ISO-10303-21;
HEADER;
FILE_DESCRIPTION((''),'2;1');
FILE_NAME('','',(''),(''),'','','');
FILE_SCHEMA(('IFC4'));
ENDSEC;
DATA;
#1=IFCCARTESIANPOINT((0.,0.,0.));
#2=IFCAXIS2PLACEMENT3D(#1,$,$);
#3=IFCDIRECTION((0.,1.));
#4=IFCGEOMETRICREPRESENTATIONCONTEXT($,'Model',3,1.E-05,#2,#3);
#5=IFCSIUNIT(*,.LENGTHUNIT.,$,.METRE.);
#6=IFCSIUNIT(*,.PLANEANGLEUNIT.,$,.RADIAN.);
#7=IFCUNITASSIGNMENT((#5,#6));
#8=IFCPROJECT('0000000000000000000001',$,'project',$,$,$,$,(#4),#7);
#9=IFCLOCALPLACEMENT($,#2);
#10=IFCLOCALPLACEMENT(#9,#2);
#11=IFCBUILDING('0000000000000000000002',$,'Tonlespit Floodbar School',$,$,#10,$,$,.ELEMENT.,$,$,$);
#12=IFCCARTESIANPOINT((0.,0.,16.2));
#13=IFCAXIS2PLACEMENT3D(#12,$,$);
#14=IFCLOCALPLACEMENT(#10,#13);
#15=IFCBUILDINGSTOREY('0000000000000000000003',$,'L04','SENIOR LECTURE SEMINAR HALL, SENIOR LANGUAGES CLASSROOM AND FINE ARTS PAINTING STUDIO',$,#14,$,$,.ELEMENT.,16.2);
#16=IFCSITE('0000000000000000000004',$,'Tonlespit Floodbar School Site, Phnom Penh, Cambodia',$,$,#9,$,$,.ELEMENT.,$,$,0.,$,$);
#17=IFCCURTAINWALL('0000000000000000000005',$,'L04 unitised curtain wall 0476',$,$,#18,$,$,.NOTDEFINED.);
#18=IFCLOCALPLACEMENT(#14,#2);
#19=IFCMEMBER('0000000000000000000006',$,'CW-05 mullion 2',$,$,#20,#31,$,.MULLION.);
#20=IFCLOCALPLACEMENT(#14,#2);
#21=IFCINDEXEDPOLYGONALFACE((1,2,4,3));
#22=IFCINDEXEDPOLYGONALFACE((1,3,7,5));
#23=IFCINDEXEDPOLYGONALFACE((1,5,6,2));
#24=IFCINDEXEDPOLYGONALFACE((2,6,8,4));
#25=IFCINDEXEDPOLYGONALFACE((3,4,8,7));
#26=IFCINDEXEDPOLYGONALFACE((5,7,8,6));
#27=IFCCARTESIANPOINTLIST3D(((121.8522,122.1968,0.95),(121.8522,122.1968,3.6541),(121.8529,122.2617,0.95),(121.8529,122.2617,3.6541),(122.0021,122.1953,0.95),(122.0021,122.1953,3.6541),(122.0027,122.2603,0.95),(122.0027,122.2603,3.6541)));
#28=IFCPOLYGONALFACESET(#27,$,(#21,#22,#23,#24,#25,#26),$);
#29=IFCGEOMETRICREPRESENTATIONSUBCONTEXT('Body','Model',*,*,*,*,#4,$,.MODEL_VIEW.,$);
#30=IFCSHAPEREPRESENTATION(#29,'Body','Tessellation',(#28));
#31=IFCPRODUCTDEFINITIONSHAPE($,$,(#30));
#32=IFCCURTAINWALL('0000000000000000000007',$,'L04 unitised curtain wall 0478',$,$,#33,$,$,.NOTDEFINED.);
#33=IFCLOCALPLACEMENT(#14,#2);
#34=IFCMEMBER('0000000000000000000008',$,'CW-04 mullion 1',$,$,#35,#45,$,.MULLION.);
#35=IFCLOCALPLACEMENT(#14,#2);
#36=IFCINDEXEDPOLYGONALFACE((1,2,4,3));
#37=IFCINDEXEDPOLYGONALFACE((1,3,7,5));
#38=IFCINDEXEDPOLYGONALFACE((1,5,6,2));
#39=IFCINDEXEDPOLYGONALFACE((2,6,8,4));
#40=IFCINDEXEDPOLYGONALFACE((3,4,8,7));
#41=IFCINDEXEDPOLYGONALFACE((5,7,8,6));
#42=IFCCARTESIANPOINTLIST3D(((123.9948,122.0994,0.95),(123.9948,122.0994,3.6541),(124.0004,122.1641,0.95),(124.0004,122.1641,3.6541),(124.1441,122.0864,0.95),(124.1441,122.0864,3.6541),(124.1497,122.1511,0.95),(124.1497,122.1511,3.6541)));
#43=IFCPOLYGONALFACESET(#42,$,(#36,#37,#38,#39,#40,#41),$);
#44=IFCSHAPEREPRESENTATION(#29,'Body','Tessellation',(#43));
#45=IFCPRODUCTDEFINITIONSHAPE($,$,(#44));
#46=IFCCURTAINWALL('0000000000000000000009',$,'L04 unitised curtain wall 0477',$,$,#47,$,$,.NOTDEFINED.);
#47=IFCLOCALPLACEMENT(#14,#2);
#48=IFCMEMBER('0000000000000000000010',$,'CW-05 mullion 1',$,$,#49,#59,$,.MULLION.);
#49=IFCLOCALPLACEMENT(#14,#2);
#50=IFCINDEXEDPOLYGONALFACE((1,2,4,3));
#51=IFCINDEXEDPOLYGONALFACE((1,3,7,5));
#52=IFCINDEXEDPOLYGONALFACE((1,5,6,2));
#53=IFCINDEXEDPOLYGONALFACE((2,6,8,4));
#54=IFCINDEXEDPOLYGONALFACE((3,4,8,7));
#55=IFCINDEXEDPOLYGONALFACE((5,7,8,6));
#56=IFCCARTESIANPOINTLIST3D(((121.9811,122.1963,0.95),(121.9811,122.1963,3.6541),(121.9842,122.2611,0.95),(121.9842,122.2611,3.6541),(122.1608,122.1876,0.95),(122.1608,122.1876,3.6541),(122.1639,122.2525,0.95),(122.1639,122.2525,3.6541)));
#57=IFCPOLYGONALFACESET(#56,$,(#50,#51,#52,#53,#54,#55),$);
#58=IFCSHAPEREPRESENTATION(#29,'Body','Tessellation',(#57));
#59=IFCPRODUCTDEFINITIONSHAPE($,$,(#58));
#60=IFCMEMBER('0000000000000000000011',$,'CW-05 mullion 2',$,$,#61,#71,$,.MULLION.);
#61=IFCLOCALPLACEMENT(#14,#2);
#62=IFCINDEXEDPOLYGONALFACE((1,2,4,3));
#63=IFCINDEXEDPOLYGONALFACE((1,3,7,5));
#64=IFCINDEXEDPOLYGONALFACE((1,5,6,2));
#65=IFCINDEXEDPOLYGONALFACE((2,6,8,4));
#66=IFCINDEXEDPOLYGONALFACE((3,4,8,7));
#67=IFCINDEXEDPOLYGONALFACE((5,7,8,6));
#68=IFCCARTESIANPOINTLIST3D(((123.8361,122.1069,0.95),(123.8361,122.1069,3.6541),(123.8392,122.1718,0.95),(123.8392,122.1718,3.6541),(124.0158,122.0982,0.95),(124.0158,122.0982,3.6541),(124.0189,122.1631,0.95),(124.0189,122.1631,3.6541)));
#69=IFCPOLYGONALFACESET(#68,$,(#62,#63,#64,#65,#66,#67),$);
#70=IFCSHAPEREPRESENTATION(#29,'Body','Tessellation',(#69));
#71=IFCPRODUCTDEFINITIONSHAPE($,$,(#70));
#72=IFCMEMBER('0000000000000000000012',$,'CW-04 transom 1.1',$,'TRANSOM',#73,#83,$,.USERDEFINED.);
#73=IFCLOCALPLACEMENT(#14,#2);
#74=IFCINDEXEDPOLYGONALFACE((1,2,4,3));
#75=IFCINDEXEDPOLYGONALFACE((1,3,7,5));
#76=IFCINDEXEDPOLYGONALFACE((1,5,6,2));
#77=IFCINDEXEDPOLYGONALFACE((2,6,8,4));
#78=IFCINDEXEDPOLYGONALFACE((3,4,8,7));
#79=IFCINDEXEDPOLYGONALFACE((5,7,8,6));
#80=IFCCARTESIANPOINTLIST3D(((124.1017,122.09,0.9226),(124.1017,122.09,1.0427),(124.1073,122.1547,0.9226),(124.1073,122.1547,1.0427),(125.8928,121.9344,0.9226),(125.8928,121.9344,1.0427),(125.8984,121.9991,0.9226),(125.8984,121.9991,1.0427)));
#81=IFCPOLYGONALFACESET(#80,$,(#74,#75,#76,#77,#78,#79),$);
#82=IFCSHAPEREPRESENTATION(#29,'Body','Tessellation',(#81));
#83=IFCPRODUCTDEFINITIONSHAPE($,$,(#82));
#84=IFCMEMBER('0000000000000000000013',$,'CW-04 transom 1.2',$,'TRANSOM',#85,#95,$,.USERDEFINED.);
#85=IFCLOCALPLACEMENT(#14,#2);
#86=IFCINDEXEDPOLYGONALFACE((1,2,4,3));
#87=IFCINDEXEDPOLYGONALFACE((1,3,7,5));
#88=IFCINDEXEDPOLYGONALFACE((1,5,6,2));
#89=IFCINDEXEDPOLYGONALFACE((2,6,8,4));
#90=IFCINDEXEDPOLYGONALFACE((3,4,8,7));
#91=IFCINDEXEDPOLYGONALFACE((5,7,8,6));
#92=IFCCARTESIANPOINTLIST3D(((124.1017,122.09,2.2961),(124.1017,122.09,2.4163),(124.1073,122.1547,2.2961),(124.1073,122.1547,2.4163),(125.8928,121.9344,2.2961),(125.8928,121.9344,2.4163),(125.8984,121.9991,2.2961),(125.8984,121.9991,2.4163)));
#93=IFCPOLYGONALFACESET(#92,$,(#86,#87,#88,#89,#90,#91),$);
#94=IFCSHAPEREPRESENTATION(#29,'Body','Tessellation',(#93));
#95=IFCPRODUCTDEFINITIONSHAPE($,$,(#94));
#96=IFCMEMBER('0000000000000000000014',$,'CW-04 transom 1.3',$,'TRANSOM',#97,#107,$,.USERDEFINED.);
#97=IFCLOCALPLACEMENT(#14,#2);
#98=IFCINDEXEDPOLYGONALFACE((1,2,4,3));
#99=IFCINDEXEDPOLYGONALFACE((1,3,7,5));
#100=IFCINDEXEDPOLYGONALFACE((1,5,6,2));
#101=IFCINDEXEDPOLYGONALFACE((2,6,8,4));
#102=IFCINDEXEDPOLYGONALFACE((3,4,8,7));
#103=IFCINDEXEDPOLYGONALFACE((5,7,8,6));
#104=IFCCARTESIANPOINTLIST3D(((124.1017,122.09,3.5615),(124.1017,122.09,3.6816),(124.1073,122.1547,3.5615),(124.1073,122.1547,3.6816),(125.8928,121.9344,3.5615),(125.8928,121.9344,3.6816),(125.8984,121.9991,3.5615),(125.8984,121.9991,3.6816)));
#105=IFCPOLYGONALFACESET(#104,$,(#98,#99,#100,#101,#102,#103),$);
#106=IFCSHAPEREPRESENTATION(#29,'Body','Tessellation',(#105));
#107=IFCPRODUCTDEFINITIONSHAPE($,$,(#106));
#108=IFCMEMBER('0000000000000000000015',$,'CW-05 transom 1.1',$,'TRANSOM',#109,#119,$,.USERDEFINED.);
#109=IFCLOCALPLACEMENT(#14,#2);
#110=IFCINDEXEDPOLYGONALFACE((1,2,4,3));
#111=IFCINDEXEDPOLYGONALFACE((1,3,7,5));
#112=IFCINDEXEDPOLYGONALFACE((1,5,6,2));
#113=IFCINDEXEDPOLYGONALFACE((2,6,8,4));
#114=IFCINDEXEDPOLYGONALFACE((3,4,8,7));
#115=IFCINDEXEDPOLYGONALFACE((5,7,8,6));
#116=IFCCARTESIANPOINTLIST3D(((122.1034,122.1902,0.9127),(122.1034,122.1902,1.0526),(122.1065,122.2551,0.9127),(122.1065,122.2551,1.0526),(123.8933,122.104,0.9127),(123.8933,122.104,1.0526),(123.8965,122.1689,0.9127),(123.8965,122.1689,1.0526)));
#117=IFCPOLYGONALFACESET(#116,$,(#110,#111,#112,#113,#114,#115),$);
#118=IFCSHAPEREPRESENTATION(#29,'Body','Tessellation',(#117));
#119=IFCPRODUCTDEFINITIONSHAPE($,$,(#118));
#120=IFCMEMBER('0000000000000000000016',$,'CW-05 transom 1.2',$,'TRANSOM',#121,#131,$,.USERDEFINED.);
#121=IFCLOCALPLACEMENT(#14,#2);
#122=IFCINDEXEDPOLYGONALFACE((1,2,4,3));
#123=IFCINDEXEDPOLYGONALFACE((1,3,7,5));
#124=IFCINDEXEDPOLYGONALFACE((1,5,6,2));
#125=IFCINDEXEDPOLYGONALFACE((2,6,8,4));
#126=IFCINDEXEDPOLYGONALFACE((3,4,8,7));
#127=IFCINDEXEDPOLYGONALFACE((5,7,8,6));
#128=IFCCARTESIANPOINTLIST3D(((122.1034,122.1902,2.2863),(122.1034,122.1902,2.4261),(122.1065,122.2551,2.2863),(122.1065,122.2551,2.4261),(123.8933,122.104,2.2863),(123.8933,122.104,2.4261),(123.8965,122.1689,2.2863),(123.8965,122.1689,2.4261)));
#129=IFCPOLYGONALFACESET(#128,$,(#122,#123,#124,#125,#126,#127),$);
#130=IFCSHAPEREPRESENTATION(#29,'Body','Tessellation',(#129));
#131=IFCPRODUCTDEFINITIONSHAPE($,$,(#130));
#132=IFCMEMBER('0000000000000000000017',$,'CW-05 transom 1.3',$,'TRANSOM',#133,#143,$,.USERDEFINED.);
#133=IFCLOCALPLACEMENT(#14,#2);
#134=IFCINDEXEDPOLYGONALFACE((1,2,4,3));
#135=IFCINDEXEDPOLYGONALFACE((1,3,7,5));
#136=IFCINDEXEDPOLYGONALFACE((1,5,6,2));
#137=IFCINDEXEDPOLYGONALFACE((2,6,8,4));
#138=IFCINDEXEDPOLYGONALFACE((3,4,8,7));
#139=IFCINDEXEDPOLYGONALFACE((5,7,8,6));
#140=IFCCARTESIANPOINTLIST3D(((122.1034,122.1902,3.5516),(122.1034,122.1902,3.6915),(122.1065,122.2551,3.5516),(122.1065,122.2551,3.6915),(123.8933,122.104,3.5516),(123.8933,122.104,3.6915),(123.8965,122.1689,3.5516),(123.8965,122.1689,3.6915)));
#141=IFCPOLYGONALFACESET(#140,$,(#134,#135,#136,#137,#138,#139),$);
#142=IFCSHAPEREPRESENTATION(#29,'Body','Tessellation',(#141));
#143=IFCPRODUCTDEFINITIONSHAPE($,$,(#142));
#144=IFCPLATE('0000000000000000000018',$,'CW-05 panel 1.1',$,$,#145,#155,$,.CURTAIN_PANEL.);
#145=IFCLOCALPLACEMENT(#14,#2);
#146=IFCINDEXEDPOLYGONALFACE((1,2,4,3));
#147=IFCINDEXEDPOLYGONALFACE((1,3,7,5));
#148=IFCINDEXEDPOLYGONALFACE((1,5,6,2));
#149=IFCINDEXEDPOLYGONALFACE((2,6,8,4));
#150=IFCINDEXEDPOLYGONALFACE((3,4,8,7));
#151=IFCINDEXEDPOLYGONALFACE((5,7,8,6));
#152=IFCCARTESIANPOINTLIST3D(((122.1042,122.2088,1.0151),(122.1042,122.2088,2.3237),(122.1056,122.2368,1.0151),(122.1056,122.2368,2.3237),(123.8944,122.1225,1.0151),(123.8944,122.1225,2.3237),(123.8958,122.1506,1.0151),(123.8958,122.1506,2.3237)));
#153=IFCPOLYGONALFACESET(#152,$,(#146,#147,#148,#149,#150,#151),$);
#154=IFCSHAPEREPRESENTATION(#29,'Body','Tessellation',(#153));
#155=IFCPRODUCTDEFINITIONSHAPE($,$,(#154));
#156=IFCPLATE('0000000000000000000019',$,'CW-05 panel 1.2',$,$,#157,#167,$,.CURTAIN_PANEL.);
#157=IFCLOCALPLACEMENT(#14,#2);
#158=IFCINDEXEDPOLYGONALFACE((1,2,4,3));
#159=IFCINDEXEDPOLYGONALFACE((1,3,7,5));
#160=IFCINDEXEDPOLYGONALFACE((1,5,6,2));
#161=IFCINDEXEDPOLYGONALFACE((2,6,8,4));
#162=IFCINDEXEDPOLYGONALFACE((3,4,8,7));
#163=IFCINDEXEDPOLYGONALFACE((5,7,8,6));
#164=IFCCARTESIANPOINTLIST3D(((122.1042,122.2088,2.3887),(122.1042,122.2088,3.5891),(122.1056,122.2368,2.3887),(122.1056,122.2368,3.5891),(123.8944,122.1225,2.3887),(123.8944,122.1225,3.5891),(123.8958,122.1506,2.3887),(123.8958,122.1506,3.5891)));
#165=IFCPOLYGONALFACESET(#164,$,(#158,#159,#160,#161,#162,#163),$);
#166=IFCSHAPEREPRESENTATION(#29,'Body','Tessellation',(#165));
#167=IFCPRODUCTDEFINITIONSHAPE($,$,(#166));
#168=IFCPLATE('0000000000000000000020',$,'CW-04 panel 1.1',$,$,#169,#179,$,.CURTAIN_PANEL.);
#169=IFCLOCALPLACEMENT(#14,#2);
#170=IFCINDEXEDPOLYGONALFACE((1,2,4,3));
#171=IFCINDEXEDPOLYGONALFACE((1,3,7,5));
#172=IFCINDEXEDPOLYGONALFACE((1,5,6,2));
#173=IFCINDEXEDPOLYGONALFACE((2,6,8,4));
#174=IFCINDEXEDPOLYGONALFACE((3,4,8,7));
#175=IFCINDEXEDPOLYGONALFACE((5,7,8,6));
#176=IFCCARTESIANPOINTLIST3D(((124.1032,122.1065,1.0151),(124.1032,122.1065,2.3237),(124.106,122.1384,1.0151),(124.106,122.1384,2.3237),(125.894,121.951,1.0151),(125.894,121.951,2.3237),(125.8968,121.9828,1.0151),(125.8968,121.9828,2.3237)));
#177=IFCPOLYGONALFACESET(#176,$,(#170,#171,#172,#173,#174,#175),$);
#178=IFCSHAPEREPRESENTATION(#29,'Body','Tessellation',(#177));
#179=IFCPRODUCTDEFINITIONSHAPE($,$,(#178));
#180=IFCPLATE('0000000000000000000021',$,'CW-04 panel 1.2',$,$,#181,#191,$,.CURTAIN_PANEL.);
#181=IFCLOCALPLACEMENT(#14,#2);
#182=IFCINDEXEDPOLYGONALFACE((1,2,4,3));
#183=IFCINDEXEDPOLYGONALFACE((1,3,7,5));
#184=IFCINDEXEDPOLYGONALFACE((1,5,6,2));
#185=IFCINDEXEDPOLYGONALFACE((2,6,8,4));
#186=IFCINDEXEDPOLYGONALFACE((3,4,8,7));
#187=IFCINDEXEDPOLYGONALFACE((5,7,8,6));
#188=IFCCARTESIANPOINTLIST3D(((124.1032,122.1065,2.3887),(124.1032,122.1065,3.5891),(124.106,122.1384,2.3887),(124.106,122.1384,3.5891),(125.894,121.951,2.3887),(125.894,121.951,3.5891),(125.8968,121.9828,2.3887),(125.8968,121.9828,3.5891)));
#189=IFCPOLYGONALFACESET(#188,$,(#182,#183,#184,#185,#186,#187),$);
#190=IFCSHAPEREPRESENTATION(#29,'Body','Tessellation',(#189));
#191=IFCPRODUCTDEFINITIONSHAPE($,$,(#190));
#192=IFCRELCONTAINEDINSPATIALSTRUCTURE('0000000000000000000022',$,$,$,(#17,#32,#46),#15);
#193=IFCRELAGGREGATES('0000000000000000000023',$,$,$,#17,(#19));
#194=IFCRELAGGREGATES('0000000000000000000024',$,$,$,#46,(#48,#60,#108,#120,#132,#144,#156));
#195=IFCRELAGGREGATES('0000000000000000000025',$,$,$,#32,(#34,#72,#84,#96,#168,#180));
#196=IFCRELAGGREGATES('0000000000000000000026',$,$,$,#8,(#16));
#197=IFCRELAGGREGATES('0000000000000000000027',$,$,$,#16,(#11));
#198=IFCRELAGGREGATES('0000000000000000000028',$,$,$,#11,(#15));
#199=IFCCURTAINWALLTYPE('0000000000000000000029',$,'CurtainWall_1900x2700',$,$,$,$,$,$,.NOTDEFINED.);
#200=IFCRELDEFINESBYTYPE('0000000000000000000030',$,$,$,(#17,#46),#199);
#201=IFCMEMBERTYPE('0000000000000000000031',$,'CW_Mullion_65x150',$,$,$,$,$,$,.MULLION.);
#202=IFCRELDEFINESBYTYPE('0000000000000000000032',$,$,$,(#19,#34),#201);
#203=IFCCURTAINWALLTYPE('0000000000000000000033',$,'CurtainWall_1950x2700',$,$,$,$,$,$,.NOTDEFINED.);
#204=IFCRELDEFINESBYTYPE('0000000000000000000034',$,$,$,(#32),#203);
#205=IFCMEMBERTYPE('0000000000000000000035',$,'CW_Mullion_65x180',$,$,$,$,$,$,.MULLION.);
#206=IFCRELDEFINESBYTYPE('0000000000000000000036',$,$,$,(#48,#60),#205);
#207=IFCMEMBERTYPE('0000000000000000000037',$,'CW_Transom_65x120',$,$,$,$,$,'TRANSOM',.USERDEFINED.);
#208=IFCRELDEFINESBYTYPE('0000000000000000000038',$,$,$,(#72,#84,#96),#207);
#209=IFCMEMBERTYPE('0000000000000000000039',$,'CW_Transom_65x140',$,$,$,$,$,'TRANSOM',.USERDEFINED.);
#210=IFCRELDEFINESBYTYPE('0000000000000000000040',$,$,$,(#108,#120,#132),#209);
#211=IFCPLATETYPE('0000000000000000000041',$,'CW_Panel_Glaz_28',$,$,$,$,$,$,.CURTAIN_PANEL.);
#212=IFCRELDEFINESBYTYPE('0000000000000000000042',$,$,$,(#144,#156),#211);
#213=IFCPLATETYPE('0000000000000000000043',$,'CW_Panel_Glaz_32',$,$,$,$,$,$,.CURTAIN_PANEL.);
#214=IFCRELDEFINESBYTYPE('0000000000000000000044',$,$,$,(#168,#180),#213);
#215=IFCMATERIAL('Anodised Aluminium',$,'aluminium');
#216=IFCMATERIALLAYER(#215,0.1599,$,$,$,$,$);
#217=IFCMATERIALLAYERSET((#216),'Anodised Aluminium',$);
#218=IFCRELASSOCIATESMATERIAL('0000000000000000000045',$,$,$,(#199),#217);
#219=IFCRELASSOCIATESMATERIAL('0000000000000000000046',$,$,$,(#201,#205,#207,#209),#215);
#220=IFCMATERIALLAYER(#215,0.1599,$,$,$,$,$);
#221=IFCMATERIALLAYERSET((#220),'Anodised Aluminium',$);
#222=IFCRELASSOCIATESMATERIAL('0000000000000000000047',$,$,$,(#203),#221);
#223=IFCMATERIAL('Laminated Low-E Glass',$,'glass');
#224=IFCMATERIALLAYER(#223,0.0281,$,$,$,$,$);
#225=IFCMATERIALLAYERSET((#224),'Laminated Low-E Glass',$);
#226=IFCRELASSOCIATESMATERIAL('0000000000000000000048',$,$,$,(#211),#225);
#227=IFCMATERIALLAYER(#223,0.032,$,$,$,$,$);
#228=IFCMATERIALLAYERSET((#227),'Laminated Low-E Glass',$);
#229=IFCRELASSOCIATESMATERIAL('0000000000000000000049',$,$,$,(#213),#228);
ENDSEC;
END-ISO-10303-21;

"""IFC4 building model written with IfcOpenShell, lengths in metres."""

from ifc_helpers import new_model, si_unit, direction, frame, origin, origin_2d, place, context, subcontext, project, spatial, rectangle, extrude, material, layer, layer_set, material_profile, profile_set, type_object, element, aggregate, save


model = new_model("IFC4")

# Units and contexts
model_context = context("Model", 3, precision=1e-05, world=origin(), true_north=direction((0.0, 1.0)))
body_context = subcontext(model_context, "Body", "Model", "MODEL_VIEW")
ifc_project = project(units=[si_unit("LENGTHUNIT", "METRE"), si_unit("PLANEANGLEUNIT", "RADIAN")], contexts=[model_context])

# Site, building, storey
site_placement = place(None, origin())
site = spatial("IfcSite", under=ifc_project, at=site_placement, Name="Tonlespit Floodbar School Site, Phnom Penh, Cambodia", CompositionType="ELEMENT", RefElevation=0.0)
building_placement = place(site_placement, origin())
building = spatial("IfcBuilding", under=site, at=building_placement, Name="Tonlespit Floodbar School", CompositionType="ELEMENT")
storey_placement = place(building_placement, frame((0.0, 0.0, 16.2)))
storey = spatial("IfcBuildingStorey", under=building, at=storey_placement, Name="L04", Description="SENIOR LECTURE SEMINAR HALL, SENIOR LANGUAGES CLASSROOM AND FINE ARTS PAINTING STUDIO", CompositionType="ELEMENT", Elevation=16.2)

# Curtain walls, members
ifc_material_1 = material(Name="Anodised Aluminium", Category="aluminium")
ifc_layer_1 = layer(ifc_material_1, 0.1599)
ifc_layer_set_1 = layer_set([ifc_layer_1], Name="Anodised Aluminium")
curtain_wall_type_1 = type_object("IfcCurtainWallType", Name="CurtainWall_1900x2700", PredefinedType="NOTDEFINED", material=ifc_layer_set_1)
curtain_wall_1_placement = place(storey_placement, origin())
curtain_wall_1 = element("IfcCurtainWall", 1, at=curtain_wall_1_placement, inside=storey, type_object=curtain_wall_type_1, Name="L04 unitised curtain wall 0476", PredefinedType="NOTDEFINED")
ifc_material_profile_1 = material_profile(ifc_material_1, rectangle(XDim=0.0649, YDim=0.1499, at=origin_2d()), Name="ALU M65x150")
ifc_profile_set_1 = profile_set([ifc_material_profile_1], Name="Anodised Aluminium")
member_type_1 = type_object("IfcMemberType", Name="CW_Mullion_65x150", PredefinedType="MULLION", material=ifc_profile_set_1)
member_1_placement = place(storey_placement, frame((121.9275, 122.2285, 0.95), z_axis=(0.0, 0.0, 1.0), x_axis=(0.009583, 0.999954, 0.0)))
member_1 = element("IfcMember", 2, at=member_1_placement, type_object=member_type_1, Name="CW-05 mullion 2", PredefinedType="MULLION", context=body_context, shape_type="SweptSolid", body=[
    extrude(rectangle(XDim=0.0649, YDim=0.1499, at=origin_2d()), origin(), (0.0, 0.0, 1.0), 2.7041),
])
aggregate(curtain_wall_1, [member_1])
ifc_layer_2 = layer(ifc_material_1, 0.1599)
ifc_layer_set_2 = layer_set([ifc_layer_2], Name="Anodised Aluminium")
curtain_wall_type_2 = type_object("IfcCurtainWallType", Name="CurtainWall_1950x2700", PredefinedType="NOTDEFINED", material=ifc_layer_set_2)
curtain_wall_2_placement = place(storey_placement, origin())
curtain_wall_2 = element("IfcCurtainWall", 3, at=curtain_wall_2_placement, inside=storey, type_object=curtain_wall_type_2, Name="L04 unitised curtain wall 0478", PredefinedType="NOTDEFINED")
member_2_placement = place(storey_placement, frame((124.0723, 122.1252, 0.95), z_axis=(0.0, 0.0, 1.0), x_axis=(0.086531, 0.996249, 0.0)))
member_2 = element("IfcMember", 4, at=member_2_placement, type_object=member_type_1, Name="CW-04 mullion 1", PredefinedType="MULLION", context=body_context, shape_type="SweptSolid", body=[
    extrude(rectangle(XDim=0.0649, YDim=0.1499, at=origin_2d()), origin(), (0.0, 0.0, 1.0), 2.7041),
])

# Curtain wall, members
curtain_wall_3_placement = place(storey_placement, origin())
curtain_wall_3 = element("IfcCurtainWall", 5, at=curtain_wall_3_placement, inside=storey, type_object=curtain_wall_type_1, Name="L04 unitised curtain wall 0477", PredefinedType="NOTDEFINED")
ifc_material_profile_2 = material_profile(ifc_material_1, rectangle(XDim=0.0649, YDim=0.1799, at=origin_2d()), Name="ALU M65x180")
ifc_profile_set_2 = profile_set([ifc_material_profile_2], Name="Anodised Aluminium")
member_type_2 = type_object("IfcMemberType", Name="CW_Mullion_65x180", PredefinedType="MULLION", material=ifc_profile_set_2)
member_3_placement = place(storey_placement, frame((122.0725, 122.2244, 0.95), z_axis=(0.0, 0.0, 1.0), x_axis=(0.048121, 0.998842, 0.0)))
member_3 = element("IfcMember", 6, at=member_3_placement, type_object=member_type_2, Name="CW-05 mullion 1", PredefinedType="MULLION", context=body_context, shape_type="SweptSolid", body=[
    extrude(rectangle(XDim=0.0649, YDim=0.1799, at=origin_2d()), origin(), (0.0, 0.0, 1.0), 2.7041),
])
member_4_placement = place(storey_placement, frame((123.9275, 122.135, 0.95), z_axis=(0.0, 0.0, 1.0), x_axis=(0.048121, 0.998842, 0.0)))
member_4 = element("IfcMember", 7, at=member_4_placement, type_object=member_type_2, Name="CW-05 mullion 2", PredefinedType="MULLION", context=body_context, shape_type="SweptSolid", body=[
    extrude(rectangle(XDim=0.0649, YDim=0.1799, at=origin_2d()), origin(), (0.0, 0.0, 1.0), 2.7041),
])

# Members
ifc_material_profile_3 = material_profile(ifc_material_1, rectangle(XDim=0.0649, YDim=0.1201, at=origin_2d()), Name="ALU T65x120")
ifc_profile_set_3 = profile_set([ifc_material_profile_3], Name="Anodised Aluminium")
member_type_3 = type_object("IfcMemberType", Name="CW_Transom_65x120", ElementType="TRANSOM", PredefinedType="USERDEFINED", material=ifc_profile_set_3)
member_5_placement = place(storey_placement, frame((124.1045, 122.1223, 0.9827), z_axis=(0.996251, -0.086507, 0.0), x_axis=(0.086507, 0.996251, 0.0)))
member_5 = element("IfcMember", 8, at=member_5_placement, type_object=member_type_3, Name="CW-04 transom 1.1", ObjectType="TRANSOM", PredefinedType="USERDEFINED", context=body_context, shape_type="SweptSolid", body=[
    extrude(rectangle(XDim=0.0649, YDim=0.1201, at=origin_2d()), origin(), (0.0, 0.0, 1.0), 1.7979),
])
member_6_placement = place(storey_placement, frame((124.1045, 122.1223, 2.3562), z_axis=(0.996251, -0.086507, 0.0), x_axis=(0.086507, 0.996251, 0.0)))
member_6 = element("IfcMember", 9, at=member_6_placement, type_object=member_type_3, Name="CW-04 transom 1.2", ObjectType="TRANSOM", PredefinedType="USERDEFINED", context=body_context, shape_type="SweptSolid", body=[
    extrude(rectangle(XDim=0.0649, YDim=0.1201, at=origin_2d()), origin(), (0.0, 0.0, 1.0), 1.7979),
])
member_7_placement = place(storey_placement, frame((124.1045, 122.1223, 3.6216), z_axis=(0.996251, -0.086507, 0.0), x_axis=(0.086507, 0.996251, 0.0)))
member_7 = element("IfcMember", 10, at=member_7_placement, type_object=member_type_3, Name="CW-04 transom 1.3", ObjectType="TRANSOM", PredefinedType="USERDEFINED", context=body_context, shape_type="SweptSolid", body=[
    extrude(rectangle(XDim=0.0649, YDim=0.1201, at=origin_2d()), origin(), (0.0, 0.0, 1.0), 1.7979),
])
ifc_material_profile_4 = material_profile(ifc_material_1, rectangle(XDim=0.0649, YDim=0.1399, at=origin_2d()), Name="ALU T65x140")
ifc_profile_set_4 = profile_set([ifc_material_profile_4], Name="Anodised Aluminium")
member_type_4 = type_object("IfcMemberType", Name="CW_Transom_65x140", ElementType="TRANSOM", PredefinedType="USERDEFINED", material=ifc_profile_set_4)
member_8_placement = place(storey_placement, frame((122.105, 122.2227, 0.9827), z_axis=(0.998843, -0.048089, 0.0), x_axis=(0.048089, 0.998843, 0.0)))
member_8 = element("IfcMember", 11, at=member_8_placement, type_object=member_type_4, Name="CW-05 transom 1.1", ObjectType="TRANSOM", PredefinedType="USERDEFINED", context=body_context, shape_type="SweptSolid", body=[
    extrude(rectangle(XDim=0.0649, YDim=0.1399, at=origin_2d()), origin(), (0.0, 0.0, 1.0), 1.792),
])
member_9_placement = place(storey_placement, frame((122.105, 122.2227, 2.3562), z_axis=(0.998843, -0.048089, 0.0), x_axis=(0.048089, 0.998843, 0.0)))
member_9 = element("IfcMember", 12, at=member_9_placement, type_object=member_type_4, Name="CW-05 transom 1.2", ObjectType="TRANSOM", PredefinedType="USERDEFINED", context=body_context, shape_type="SweptSolid", body=[
    extrude(rectangle(XDim=0.0649, YDim=0.1399, at=origin_2d()), origin(), (0.0, 0.0, 1.0), 1.792),
])
member_10_placement = place(storey_placement, frame((122.105, 122.2227, 3.6216), z_axis=(0.998843, -0.048089, 0.0), x_axis=(0.048089, 0.998843, 0.0)))
member_10 = element("IfcMember", 13, at=member_10_placement, type_object=member_type_4, Name="CW-05 transom 1.3", ObjectType="TRANSOM", PredefinedType="USERDEFINED", context=body_context, shape_type="SweptSolid", body=[
    extrude(rectangle(XDim=0.0649, YDim=0.1399, at=origin_2d()), origin(), (0.0, 0.0, 1.0), 1.792),
])

# Plates
ifc_material_2 = material(Name="Laminated Low-E Glass", Category="glass")
ifc_layer_3 = layer(ifc_material_2, 0.0281)
ifc_layer_set_3 = layer_set([ifc_layer_3], Name="Laminated Low-E Glass")
plate_type_1 = type_object("IfcPlateType", Name="CW_Panel_Glaz_28", PredefinedType="CURTAIN_PANEL", material=ifc_layer_set_3)
plate_1_placement = place(storey_placement, frame((123.0, 122.1797, 1.0151), z_axis=(0.0, 0.0, 1.0), x_axis=(0.998842, -0.048121, 0.0)))
plate_1 = element("IfcPlate", 14, at=plate_1_placement, type_object=plate_type_1, Name="CW-05 panel 1.1", PredefinedType="CURTAIN_PANEL", context=body_context, shape_type="SweptSolid", body=[
    extrude(rectangle(XDim=1.7922, YDim=0.0281, at=origin_2d()), origin(), (0.0, 0.0, 1.0), 1.3086),
])
plate_2_placement = place(storey_placement, frame((123.0, 122.1797, 2.3887), z_axis=(0.0, 0.0, 1.0), x_axis=(0.998842, -0.048121, 0.0)))
plate_2 = element("IfcPlate", 15, at=plate_2_placement, type_object=plate_type_1, Name="CW-05 panel 1.2", PredefinedType="CURTAIN_PANEL", context=body_context, shape_type="SweptSolid", body=[
    extrude(rectangle(XDim=1.7922, YDim=0.0281, at=origin_2d()), origin(), (0.0, 0.0, 1.0), 1.2004),
])
aggregate(curtain_wall_3, [member_3, member_4, member_8, member_9, member_10, plate_1, plate_2])
ifc_layer_4 = layer(ifc_material_2, 0.032)
ifc_layer_set_4 = layer_set([ifc_layer_4], Name="Laminated Low-E Glass")
plate_type_2 = type_object("IfcPlateType", Name="CW_Panel_Glaz_32", PredefinedType="CURTAIN_PANEL", material=ifc_layer_set_4)
plate_3_placement = place(storey_placement, frame((125.0, 122.0447, 1.0151), z_axis=(0.0, 0.0, 1.0), x_axis=(0.996249, -0.086531, 0.0)))
plate_3 = element("IfcPlate", 16, at=plate_3_placement, type_object=plate_type_2, Name="CW-04 panel 1.1", PredefinedType="CURTAIN_PANEL", context=body_context, shape_type="SweptSolid", body=[
    extrude(rectangle(XDim=1.7976, YDim=0.032, at=origin_2d()), origin(), (0.0, 0.0, 1.0), 1.3086),
])
plate_4_placement = place(storey_placement, frame((125.0, 122.0447, 2.3887), z_axis=(0.0, 0.0, 1.0), x_axis=(0.996249, -0.086531, 0.0)))
plate_4 = element("IfcPlate", 17, at=plate_4_placement, type_object=plate_type_2, Name="CW-04 panel 1.2", PredefinedType="CURTAIN_PANEL", context=body_context, shape_type="SweptSolid", body=[
    extrude(rectangle(XDim=1.7976, YDim=0.032, at=origin_2d()), origin(), (0.0, 0.0, 1.0), 1.2004),
])
aggregate(curtain_wall_2, [member_2, member_5, member_6, member_7, plate_3, plate_4])

save(model, "model.ifc")
